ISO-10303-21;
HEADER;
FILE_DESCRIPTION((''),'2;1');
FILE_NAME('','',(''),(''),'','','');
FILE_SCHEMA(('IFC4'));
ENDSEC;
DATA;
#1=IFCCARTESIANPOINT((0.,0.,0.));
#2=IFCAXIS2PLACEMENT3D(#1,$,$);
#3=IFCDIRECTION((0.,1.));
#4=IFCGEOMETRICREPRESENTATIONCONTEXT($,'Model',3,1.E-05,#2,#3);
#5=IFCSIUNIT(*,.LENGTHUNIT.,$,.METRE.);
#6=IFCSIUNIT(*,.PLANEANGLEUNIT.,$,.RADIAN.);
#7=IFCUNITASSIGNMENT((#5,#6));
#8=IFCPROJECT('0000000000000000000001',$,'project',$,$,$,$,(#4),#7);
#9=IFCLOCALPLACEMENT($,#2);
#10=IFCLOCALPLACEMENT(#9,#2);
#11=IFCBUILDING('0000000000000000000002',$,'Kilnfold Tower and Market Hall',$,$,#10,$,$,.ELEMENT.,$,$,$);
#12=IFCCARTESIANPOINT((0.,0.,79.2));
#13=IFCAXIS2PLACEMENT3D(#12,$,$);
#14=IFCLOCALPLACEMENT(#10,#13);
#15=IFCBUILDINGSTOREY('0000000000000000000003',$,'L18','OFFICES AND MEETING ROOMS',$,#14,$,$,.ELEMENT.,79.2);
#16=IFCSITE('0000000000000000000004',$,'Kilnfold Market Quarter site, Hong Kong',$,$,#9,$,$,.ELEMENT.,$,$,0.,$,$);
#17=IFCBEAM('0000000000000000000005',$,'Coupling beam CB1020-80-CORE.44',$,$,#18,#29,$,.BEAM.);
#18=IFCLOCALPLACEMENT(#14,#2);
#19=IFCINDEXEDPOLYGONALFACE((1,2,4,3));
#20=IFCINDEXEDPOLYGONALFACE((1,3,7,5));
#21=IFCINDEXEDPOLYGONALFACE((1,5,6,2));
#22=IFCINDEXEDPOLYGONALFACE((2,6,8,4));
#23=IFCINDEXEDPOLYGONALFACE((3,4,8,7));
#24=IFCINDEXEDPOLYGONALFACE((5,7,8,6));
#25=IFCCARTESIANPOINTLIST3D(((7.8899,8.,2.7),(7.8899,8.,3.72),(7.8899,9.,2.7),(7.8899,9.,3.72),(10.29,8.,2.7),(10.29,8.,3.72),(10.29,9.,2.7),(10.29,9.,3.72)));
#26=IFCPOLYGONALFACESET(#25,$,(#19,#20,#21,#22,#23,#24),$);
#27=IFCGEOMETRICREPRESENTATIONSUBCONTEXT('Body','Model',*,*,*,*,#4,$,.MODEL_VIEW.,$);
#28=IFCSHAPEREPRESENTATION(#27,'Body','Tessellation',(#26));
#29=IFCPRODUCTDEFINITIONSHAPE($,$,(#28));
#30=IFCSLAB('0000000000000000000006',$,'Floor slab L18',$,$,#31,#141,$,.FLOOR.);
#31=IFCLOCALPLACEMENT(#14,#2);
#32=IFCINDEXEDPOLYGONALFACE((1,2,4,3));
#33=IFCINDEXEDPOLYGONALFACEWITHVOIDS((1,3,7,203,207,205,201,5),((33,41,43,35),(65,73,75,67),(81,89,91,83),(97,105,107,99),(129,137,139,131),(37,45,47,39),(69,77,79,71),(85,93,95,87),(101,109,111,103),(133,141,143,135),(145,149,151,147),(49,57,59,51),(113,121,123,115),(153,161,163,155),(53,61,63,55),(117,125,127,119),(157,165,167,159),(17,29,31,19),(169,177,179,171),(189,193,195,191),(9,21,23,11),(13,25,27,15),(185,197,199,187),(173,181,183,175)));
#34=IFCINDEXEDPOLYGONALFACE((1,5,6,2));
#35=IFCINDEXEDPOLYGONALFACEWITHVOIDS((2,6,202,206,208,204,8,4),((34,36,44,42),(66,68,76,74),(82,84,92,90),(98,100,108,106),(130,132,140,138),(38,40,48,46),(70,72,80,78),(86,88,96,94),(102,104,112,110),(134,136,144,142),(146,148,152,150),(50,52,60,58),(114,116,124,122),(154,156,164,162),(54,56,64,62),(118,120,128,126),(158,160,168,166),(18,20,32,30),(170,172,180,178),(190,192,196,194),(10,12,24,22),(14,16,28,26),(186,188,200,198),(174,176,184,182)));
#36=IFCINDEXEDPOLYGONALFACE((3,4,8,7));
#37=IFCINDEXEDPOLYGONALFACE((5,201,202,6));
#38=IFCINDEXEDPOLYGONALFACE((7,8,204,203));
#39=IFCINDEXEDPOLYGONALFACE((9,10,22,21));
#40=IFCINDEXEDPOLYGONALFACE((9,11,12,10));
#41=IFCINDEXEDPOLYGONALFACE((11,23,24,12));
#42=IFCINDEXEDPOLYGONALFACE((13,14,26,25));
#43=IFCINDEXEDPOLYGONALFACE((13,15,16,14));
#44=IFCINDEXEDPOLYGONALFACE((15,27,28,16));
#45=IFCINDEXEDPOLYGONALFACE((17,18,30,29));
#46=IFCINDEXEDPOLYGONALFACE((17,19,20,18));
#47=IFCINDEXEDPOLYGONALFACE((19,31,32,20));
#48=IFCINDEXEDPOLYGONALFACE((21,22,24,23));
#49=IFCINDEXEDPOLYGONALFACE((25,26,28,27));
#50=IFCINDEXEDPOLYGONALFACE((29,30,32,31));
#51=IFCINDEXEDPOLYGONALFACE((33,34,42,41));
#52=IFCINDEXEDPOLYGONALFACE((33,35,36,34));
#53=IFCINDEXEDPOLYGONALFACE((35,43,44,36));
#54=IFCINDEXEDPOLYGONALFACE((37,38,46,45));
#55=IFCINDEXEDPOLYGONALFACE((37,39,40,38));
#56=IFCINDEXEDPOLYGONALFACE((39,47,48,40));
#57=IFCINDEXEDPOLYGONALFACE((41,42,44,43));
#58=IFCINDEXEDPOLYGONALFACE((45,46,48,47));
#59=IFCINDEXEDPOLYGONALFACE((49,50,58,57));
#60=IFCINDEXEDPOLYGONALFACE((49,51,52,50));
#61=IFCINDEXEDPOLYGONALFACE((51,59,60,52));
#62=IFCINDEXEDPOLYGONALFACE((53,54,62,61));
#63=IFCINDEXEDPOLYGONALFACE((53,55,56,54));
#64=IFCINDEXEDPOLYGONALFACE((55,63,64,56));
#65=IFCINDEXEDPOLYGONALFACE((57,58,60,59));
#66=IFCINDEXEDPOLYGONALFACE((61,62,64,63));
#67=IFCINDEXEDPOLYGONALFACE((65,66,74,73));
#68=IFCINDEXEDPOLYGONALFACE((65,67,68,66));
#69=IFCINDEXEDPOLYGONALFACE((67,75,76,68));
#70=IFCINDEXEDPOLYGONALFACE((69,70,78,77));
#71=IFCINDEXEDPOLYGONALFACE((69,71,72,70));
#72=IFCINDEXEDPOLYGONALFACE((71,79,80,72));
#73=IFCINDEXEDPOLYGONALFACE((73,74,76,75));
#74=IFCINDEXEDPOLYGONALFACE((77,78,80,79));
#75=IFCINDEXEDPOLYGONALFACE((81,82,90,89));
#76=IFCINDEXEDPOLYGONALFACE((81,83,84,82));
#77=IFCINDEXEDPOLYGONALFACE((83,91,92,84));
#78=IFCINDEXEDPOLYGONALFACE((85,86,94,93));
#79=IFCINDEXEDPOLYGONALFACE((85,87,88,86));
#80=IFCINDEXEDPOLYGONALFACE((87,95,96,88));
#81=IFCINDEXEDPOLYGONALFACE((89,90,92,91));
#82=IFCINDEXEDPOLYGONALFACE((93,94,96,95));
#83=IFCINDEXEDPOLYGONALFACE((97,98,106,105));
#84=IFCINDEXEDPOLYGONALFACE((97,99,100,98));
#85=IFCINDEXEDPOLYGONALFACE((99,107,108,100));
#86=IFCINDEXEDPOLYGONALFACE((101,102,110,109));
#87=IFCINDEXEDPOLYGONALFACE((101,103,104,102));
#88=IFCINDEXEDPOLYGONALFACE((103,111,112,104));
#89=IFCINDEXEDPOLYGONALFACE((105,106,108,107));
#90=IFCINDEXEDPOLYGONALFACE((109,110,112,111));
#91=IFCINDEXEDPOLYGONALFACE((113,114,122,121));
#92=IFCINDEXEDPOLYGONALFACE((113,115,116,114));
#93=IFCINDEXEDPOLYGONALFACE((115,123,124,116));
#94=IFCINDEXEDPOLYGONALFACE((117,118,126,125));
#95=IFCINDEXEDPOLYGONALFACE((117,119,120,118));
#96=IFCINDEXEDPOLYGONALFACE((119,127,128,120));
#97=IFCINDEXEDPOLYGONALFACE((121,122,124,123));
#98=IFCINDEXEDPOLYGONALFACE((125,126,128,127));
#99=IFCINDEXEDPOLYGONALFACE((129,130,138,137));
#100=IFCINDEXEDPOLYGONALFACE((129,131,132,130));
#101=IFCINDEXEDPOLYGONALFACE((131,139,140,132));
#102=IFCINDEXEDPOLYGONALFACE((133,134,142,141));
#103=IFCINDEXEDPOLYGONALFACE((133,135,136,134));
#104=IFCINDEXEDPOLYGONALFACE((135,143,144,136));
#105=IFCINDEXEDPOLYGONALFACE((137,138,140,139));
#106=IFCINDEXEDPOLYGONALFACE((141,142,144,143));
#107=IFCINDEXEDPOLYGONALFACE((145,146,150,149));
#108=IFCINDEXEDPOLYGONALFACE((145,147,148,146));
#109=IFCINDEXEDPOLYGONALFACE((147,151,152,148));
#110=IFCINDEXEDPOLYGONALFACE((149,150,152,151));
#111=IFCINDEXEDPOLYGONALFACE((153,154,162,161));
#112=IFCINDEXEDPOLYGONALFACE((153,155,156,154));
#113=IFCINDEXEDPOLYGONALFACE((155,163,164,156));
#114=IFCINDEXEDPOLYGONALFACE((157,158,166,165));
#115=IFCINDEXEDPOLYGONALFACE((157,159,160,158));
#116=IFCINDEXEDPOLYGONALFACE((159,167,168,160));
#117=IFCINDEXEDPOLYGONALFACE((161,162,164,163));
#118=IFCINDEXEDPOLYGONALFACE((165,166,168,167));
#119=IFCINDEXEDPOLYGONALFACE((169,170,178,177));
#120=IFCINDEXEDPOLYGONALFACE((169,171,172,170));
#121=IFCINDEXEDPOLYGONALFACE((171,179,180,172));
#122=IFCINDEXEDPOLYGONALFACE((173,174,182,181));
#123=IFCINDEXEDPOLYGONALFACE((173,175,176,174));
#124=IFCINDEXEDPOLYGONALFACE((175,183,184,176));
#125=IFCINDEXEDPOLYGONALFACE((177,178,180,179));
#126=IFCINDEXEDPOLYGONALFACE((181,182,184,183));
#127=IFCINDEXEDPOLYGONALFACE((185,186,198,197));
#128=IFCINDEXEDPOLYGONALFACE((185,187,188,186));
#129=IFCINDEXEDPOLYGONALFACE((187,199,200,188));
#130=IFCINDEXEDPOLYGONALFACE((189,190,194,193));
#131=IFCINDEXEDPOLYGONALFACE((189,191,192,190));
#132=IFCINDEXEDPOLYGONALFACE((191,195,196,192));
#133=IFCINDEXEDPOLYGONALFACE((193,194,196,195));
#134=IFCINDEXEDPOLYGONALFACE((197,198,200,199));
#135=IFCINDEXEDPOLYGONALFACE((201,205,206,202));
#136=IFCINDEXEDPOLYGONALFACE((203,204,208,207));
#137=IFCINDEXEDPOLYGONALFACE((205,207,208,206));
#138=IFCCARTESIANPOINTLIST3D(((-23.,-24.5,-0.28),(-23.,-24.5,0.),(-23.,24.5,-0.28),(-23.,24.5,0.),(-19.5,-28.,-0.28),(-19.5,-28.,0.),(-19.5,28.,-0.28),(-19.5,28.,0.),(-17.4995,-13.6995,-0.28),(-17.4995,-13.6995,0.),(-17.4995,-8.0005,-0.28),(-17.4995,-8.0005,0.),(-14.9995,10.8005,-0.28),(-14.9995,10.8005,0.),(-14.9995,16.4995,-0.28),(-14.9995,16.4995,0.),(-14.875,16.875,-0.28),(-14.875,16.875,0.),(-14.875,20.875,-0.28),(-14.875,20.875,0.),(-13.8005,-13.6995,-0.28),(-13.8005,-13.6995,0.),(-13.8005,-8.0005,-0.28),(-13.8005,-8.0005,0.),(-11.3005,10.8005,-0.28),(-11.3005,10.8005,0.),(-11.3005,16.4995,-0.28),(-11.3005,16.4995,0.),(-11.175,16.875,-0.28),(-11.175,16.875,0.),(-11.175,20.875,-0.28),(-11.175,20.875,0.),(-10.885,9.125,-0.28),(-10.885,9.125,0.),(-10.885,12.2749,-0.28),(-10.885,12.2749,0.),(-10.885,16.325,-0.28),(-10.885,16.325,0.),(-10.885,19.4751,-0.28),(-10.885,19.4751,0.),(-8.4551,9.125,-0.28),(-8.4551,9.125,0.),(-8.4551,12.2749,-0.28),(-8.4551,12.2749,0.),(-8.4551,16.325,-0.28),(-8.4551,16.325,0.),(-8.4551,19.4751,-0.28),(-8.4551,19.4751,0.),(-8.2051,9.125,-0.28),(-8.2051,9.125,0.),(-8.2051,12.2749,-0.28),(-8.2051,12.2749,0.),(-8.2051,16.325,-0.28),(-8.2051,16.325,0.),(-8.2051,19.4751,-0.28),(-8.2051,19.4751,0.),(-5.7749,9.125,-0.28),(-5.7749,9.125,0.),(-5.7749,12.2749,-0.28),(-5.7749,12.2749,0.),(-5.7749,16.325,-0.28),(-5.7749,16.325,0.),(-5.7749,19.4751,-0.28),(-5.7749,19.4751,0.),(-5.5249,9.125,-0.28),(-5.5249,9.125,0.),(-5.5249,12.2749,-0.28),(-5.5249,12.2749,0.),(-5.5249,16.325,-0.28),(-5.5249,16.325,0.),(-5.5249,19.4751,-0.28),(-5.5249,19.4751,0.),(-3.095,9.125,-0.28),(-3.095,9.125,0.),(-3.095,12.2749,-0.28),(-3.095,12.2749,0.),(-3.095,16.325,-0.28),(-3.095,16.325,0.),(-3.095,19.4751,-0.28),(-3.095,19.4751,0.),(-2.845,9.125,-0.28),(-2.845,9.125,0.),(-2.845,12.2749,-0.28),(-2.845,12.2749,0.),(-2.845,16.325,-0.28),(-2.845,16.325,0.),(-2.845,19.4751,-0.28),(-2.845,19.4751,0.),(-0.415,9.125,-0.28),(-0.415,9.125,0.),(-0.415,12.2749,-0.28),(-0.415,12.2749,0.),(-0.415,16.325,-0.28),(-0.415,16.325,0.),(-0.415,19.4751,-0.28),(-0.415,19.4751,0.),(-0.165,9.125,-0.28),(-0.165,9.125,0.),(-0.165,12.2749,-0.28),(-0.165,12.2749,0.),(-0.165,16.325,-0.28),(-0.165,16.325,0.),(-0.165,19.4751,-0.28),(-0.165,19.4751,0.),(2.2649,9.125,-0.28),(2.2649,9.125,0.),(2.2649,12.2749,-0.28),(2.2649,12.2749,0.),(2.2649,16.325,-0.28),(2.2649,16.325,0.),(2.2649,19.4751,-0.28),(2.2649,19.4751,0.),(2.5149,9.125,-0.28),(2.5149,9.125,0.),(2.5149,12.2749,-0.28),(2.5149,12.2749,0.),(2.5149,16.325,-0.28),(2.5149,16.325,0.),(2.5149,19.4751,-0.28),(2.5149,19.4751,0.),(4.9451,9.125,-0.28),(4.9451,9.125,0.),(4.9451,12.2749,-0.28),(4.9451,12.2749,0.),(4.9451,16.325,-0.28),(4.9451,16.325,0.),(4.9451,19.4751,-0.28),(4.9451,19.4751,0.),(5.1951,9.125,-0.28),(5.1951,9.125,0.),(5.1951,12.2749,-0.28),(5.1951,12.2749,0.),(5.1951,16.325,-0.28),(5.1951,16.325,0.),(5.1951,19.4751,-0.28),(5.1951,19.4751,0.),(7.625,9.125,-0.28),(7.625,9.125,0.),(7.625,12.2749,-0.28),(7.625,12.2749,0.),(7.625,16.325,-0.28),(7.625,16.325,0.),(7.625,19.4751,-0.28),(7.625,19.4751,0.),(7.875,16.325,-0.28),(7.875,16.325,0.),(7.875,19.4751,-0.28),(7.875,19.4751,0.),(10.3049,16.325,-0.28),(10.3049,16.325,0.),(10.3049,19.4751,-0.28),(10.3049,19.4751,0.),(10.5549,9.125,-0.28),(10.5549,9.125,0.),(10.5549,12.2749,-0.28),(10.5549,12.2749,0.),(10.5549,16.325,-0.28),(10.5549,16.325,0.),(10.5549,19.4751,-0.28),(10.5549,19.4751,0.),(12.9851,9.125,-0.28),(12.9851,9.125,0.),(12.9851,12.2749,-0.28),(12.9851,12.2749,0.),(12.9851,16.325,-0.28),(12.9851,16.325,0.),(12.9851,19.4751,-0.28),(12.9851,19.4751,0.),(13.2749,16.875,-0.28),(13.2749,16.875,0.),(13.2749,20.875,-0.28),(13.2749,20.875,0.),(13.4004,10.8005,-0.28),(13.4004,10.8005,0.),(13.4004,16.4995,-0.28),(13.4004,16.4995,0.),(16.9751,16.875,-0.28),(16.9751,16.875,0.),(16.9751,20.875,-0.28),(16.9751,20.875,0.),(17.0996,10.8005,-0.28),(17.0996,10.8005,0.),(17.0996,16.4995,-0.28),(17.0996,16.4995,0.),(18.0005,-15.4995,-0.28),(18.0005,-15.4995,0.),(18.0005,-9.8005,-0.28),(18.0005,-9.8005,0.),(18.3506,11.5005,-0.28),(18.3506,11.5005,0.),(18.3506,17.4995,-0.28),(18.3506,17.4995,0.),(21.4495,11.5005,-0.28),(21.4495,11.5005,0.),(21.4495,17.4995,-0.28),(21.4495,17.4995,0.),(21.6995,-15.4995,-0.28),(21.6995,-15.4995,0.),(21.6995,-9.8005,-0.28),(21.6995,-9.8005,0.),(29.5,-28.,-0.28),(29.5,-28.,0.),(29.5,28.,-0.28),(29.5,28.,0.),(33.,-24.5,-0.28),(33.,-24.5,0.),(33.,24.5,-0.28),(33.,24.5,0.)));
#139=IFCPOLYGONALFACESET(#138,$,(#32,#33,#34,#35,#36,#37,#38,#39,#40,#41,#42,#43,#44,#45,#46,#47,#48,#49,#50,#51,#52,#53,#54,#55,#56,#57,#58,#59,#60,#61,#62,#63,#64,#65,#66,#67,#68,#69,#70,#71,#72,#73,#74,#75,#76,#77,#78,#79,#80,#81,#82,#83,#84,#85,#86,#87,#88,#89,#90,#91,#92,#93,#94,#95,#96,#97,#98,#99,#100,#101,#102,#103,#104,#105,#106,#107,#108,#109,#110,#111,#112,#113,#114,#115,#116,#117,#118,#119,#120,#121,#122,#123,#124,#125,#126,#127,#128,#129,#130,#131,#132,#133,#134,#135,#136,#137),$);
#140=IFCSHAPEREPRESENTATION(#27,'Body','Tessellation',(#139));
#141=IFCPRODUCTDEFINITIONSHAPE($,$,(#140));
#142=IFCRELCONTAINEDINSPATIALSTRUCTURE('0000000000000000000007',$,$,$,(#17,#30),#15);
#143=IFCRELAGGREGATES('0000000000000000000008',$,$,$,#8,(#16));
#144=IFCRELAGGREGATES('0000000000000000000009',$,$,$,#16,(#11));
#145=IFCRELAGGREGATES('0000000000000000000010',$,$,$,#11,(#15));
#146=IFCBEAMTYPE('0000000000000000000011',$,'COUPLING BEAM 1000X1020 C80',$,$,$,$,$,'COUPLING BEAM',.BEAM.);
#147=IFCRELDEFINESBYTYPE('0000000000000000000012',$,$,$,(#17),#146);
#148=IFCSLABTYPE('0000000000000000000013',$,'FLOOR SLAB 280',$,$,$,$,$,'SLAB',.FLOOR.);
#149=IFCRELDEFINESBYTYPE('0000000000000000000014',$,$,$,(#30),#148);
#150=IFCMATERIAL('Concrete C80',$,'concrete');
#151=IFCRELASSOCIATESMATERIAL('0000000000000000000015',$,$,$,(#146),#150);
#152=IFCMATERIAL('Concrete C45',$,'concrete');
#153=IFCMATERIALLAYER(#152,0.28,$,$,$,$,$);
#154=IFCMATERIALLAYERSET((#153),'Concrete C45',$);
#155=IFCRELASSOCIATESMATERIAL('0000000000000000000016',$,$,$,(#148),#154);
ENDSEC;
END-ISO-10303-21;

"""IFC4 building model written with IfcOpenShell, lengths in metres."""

from ifc_helpers import new_model, si_unit, direction, frame, origin, origin_2d, place, context, subcontext, project, spatial, polyline, rectangle, outline, extrude, source, transform, mapped, material, layer, layer_set, material_profile, profile_set, type_object, element, save


model = new_model("IFC4")

# Units and contexts
model_context = context("Model", 3, precision=1e-05, world=origin(), true_north=direction((0.0, 1.0)))
body_context = subcontext(model_context, "Body", "Model", "MODEL_VIEW")
ifc_project = project(units=[si_unit("LENGTHUNIT", "METRE"), si_unit("PLANEANGLEUNIT", "RADIAN")], contexts=[model_context])

# Site, building, storey
site_placement = place(None, origin())
site = spatial("IfcSite", under=ifc_project, at=site_placement, Name="Kilnfold Market Quarter site, Hong Kong", CompositionType="ELEMENT", RefElevation=0.0)
building_placement = place(site_placement, origin())
building = spatial("IfcBuilding", under=site, at=building_placement, Name="Kilnfold Tower and Market Hall", CompositionType="ELEMENT")
storey_placement = place(building_placement, frame((0.0, 0.0, 79.2)))
storey = spatial("IfcBuildingStorey", under=building, at=storey_placement, Name="L18", Description="OFFICES AND MEETING ROOMS", CompositionType="ELEMENT", Elevation=79.2)

# Beam
ifc_material_1 = material(Name="Concrete C80", Category="concrete")
ifc_material_profile = material_profile(ifc_material_1, rectangle(XDim=1.0, YDim=1.02, at=origin_2d()), Name="RC 1000x1020")
ifc_profile_set = profile_set([ifc_material_profile], Name="Concrete C80")
beam_type = type_object("IfcBeamType", Name="COUPLING BEAM 1000X1020 C80", ElementType="COUPLING BEAM", PredefinedType="BEAM", material=ifc_profile_set)
shared_shape_1 = source(origin(), body_context, "Body", "SweptSolid", [
    extrude(rectangle(XDim=1.0, YDim=1.02, at=origin_2d()), origin(), (0.0, 0.0, 1.0), 2.4001),
])
beam_placement = place(storey_placement, frame((7.8899, 8.5, 3.21), z_axis=(1.0, 0.0, 0.0), x_axis=(0.0, 1.0, 0.0)))
element("IfcBeam", 1, at=beam_placement, inside=storey, type_object=beam_type, Name="Coupling beam CB1020-80-CORE.44", PredefinedType="BEAM", context=body_context, shape_type="MappedRepresentation", body=[
    mapped(shared_shape_1, transform((0.0, 0.0, 0.0))),
])

# Slab
ifc_material_2 = material(Name="Concrete C45", Category="concrete")
ifc_layer_1 = layer(ifc_material_2, 0.28)
ifc_layer_set_1 = layer_set([ifc_layer_1], Name="Concrete C45")
slab_type_1 = type_object("IfcSlabType", Name="FLOOR SLAB 280", ElementType="SLAB", PredefinedType="FLOOR", material=ifc_layer_set_1)
shared_shape_2 = source(origin(), body_context, "Body", "SweptSolid", [
    extrude(outline(polyline([(-19.5, -28.0), (29.5, -28.0), (33.0, -24.5), (33.0, 24.5), (29.5, 28.0), (-19.5, 28.0), (-23.0, 24.5), (-23.0, -24.5), (-19.5, -28.0)]), holes=[polyline([(-13.8005, -13.6995), (-17.4995, -13.6995), (-17.4995, -8.0005), (-13.8005, -8.0005), (-13.8005, -13.6995)]), polyline([(-14.9995, 10.8005), (-14.9995, 16.4995), (-11.3005, 16.4995), (-11.3005, 10.8005), (-14.9995, 10.8005)]), polyline([(-14.875, 16.875), (-14.875, 20.875), (-11.175, 20.875), (-11.175, 16.875), (-14.875, 16.875)]), polyline([(-10.885, 9.125), (-10.885, 12.2749), (-8.4551, 12.2749), (-8.4551, 9.125), (-10.885, 9.125)]), polyline([(-8.4551, 16.325), (-10.885, 16.325), (-10.885, 19.4751), (-8.4551, 19.4751), (-8.4551, 16.325)]), polyline([(-8.2051, 9.125), (-8.2051, 12.2749), (-5.7749, 12.2749), (-5.7749, 9.125), (-8.2051, 9.125)]), polyline([(-8.2051, 16.325), (-8.2051, 19.4751), (-5.7749, 19.4751), (-5.7749, 16.325), (-8.2051, 16.325)]), polyline([(-3.095, 9.125), (-5.5249, 9.125), (-5.5249, 12.2749), (-3.095, 12.2749), (-3.095, 9.125)]), polyline([(-5.5249, 16.325), (-5.5249, 19.4751), (-3.095, 19.4751), (-3.095, 16.325), (-5.5249, 16.325)]), polyline([(-2.845, 9.125), (-2.845, 12.2749), (-0.415, 12.2749), (-0.415, 9.125), (-2.845, 9.125)]), polyline([(-0.415, 16.325), (-2.845, 16.325), (-2.845, 19.4751), (-0.415, 19.4751), (-0.415, 16.325)]), polyline([(-0.165, 9.125), (-0.165, 12.2749), (2.2649, 12.2749), (2.2649, 9.125), (-0.165, 9.125)]), polyline([(-0.165, 16.325), (-0.165, 19.4751), (2.2649, 19.4751), (2.2649, 16.325), (-0.165, 16.325)]), polyline([(2.5149, 9.125), (2.5149, 12.2749), (4.9451, 12.2749), (4.9451, 9.125), (2.5149, 9.125)]), polyline([(2.5149, 16.325), (2.5149, 19.4751), (4.9451, 19.4751), (4.9451, 16.325), (2.5149, 16.325)]), polyline([(7.625, 9.125), (5.1951, 9.125), (5.1951, 12.2749), (7.625, 12.2749), (7.625, 9.125)]), polyline([(5.1951, 16.325), (5.1951, 19.4751), (7.625, 19.4751), (7.625, 16.325), (5.1951, 16.325)]), polyline([(10.3049, 16.325), (7.875, 16.325), (7.875, 19.4751), (10.3049, 19.4751), (10.3049, 16.325)]), polyline([(10.5549, 9.125), (10.5549, 12.2749), (12.9851, 12.2749), (12.9851, 9.125), (10.5549, 9.125)]), polyline([(10.5549, 16.325), (10.5549, 19.4751), (12.9851, 19.4751), (12.9851, 16.325), (10.5549, 16.325)]), polyline([(13.2749, 16.875), (13.2749, 20.875), (16.9751, 20.875), (16.9751, 16.875), (13.2749, 16.875)]), polyline([(13.4004, 10.8005), (13.4004, 16.4995), (17.0996, 16.4995), (17.0996, 10.8005), (13.4004, 10.8005)]), polyline([(18.0005, -9.8005), (21.6995, -9.8005), (21.6995, -15.4995), (18.0005, -15.4995), (18.0005, -9.8005)]), polyline([(21.4495, 11.5005), (18.3506, 11.5005), (18.3506, 17.4995), (21.4495, 17.4995), (21.4495, 11.5005)])]), origin(), (0.0, 0.0, 1.0), 0.28),
])
slab_1_placement = place(storey_placement, frame((0.0, 0.0, -0.28)))
element("IfcSlab", 2, at=slab_1_placement, inside=storey, type_object=slab_type_1, Name="Floor slab L18", PredefinedType="FLOOR", context=body_context, shape_type="MappedRepresentation", body=[
    mapped(shared_shape_2, transform((0.0, 0.0, 0.0))),
])

save(model, "model.ifc")
